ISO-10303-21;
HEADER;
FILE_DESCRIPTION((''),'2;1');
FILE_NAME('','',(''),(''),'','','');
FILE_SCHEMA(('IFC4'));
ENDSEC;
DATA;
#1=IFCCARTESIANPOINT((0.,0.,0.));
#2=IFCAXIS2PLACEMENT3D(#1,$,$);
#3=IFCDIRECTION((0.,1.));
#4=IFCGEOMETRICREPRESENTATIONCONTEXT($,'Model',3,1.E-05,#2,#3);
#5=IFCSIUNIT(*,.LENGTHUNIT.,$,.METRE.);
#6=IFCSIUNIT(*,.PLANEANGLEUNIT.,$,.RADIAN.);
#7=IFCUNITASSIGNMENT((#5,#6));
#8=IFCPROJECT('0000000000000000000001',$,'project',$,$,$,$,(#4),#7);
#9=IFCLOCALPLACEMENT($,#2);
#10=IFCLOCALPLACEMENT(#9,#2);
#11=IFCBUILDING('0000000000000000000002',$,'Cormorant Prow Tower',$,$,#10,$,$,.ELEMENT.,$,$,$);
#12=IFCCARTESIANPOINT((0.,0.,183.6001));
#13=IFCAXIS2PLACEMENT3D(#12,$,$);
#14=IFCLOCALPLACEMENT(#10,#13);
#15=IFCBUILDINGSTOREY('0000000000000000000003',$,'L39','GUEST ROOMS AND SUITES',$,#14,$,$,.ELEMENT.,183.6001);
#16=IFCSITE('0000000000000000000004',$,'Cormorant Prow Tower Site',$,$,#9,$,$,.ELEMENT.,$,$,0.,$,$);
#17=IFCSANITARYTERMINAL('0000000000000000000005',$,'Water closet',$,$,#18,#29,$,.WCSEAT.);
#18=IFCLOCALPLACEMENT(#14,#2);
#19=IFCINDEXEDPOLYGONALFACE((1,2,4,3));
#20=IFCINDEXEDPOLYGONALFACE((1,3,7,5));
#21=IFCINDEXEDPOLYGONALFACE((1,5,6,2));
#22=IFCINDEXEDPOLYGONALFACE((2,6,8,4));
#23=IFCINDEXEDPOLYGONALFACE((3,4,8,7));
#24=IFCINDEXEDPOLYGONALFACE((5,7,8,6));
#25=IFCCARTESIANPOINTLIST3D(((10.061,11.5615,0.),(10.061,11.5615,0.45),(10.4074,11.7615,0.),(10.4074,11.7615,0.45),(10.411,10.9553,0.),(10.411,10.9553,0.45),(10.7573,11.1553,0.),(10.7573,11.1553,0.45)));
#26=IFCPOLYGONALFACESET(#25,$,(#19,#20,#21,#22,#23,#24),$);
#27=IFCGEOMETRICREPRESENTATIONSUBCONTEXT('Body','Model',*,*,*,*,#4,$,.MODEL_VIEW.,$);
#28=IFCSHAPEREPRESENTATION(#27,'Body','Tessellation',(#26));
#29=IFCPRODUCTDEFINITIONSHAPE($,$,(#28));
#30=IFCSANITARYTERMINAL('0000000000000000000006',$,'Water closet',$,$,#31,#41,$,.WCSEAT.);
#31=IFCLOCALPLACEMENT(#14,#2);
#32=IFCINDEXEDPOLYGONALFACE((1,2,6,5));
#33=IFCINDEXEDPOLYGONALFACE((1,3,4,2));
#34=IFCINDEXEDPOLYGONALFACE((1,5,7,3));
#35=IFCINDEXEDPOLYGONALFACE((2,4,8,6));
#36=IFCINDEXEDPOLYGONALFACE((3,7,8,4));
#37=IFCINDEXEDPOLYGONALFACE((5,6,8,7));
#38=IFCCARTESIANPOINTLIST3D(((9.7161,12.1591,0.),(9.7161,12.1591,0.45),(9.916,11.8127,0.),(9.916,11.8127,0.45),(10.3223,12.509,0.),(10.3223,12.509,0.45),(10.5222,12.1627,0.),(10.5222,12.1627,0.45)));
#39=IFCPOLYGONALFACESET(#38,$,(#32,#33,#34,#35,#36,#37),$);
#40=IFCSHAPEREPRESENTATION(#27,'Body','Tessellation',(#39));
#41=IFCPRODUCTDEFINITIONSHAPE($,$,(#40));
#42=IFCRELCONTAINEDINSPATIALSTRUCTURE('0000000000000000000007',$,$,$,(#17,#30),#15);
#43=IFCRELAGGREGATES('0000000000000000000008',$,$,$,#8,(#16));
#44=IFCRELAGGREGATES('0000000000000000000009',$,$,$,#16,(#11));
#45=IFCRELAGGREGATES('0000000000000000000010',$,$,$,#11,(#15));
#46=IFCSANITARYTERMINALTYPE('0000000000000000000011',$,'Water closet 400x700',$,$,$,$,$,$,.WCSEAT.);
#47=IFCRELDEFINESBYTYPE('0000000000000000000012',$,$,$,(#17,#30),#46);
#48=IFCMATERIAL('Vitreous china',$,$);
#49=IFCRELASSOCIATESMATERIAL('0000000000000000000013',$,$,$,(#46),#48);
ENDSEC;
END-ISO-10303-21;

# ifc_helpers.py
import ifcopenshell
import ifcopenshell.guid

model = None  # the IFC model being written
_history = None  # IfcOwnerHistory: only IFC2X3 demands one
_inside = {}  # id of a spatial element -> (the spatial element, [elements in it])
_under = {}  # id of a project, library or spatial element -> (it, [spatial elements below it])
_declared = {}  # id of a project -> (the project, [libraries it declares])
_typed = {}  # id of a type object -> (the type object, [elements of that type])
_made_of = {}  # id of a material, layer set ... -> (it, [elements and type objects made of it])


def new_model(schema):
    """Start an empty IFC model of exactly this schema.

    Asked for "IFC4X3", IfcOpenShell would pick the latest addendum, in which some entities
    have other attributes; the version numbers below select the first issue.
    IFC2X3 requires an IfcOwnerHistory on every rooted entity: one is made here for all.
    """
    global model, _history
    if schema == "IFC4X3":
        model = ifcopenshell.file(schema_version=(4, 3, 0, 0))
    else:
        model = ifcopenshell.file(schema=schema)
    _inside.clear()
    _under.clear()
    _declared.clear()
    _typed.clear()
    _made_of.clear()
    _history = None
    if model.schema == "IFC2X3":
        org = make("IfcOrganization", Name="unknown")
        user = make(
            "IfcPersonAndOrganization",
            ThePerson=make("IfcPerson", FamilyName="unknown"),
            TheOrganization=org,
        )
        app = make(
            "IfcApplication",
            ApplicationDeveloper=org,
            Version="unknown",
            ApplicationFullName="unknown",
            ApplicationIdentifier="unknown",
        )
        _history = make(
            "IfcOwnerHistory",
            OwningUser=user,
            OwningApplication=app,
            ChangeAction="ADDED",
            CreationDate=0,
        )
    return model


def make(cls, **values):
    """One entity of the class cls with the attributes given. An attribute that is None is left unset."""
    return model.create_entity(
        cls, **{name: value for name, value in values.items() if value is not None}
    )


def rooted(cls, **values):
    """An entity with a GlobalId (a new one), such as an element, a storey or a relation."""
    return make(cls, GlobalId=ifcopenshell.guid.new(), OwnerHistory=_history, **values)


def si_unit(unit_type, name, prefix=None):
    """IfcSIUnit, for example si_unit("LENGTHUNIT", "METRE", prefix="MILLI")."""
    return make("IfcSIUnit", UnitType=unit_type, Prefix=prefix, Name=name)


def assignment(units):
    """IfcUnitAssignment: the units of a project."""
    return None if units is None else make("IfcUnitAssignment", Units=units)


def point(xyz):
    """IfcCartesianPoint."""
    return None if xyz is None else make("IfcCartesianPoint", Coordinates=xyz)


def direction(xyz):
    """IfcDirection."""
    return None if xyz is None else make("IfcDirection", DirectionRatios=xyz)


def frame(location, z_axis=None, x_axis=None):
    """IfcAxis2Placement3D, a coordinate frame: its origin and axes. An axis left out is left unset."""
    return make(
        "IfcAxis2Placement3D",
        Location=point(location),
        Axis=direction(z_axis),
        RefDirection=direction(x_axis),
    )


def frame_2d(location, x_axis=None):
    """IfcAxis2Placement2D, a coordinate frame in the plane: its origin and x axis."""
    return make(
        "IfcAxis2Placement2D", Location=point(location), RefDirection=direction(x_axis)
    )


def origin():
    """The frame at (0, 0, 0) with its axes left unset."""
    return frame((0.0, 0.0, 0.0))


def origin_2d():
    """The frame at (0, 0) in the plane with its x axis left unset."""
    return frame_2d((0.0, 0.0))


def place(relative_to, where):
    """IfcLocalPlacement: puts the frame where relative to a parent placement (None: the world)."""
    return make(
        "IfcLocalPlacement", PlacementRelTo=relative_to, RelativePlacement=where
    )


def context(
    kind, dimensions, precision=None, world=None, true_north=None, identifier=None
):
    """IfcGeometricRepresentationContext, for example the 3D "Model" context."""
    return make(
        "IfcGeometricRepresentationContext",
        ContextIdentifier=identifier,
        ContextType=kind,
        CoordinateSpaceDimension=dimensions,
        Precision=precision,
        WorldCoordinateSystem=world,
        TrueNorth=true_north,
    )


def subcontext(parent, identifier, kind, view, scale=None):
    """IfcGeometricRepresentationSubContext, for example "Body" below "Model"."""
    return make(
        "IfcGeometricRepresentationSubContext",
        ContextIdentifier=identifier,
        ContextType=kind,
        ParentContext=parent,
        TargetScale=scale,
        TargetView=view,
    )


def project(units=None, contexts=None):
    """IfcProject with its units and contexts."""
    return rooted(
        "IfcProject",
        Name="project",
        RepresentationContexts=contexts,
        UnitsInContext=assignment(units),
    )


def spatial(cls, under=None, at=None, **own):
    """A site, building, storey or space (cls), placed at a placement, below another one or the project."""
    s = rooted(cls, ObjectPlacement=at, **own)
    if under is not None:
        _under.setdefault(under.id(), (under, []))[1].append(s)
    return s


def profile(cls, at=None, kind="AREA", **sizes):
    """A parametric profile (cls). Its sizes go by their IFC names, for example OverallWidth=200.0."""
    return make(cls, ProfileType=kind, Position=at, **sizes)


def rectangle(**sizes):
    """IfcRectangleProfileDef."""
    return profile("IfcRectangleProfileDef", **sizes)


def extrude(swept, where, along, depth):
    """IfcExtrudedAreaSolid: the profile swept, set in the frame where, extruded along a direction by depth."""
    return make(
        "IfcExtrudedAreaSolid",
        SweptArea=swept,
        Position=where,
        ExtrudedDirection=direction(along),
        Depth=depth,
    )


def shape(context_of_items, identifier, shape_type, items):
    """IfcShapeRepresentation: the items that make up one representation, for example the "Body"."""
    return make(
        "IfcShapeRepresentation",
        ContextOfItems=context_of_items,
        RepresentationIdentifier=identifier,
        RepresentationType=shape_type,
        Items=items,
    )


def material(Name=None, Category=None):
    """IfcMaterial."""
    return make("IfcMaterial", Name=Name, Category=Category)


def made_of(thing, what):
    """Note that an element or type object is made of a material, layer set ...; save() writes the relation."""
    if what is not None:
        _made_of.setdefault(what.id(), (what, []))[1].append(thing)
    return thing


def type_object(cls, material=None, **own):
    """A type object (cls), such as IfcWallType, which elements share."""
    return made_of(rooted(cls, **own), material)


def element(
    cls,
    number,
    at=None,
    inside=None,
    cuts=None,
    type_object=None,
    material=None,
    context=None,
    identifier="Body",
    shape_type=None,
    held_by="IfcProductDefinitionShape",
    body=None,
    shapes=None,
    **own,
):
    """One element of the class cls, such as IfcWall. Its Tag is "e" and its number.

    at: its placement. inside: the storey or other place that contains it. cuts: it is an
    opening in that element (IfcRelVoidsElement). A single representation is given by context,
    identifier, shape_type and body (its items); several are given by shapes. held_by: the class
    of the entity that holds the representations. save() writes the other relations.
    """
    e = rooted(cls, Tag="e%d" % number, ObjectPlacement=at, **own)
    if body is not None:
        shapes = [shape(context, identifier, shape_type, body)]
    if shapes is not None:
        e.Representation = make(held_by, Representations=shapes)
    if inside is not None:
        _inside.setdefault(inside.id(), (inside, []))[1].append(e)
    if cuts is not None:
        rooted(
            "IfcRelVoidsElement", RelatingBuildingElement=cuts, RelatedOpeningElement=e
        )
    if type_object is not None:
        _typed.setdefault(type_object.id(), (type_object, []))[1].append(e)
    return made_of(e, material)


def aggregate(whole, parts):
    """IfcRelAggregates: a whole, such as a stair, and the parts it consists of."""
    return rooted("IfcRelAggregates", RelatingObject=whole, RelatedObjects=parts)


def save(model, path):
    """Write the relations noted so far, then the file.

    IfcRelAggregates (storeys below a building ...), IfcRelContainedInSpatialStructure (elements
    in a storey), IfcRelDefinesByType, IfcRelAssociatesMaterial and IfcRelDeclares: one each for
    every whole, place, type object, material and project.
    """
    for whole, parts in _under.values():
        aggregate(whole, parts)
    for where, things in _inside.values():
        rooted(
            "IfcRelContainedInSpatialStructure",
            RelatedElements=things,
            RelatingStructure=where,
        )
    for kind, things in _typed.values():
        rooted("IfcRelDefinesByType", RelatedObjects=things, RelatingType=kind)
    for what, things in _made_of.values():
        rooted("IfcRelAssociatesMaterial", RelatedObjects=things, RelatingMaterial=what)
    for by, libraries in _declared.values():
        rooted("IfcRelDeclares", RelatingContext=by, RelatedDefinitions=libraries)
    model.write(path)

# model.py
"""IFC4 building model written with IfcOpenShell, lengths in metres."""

from ifc_helpers import new_model, si_unit, direction, frame, origin, origin_2d, place, context, subcontext, project, spatial, rectangle, extrude, material, type_object, element, save


model = new_model("IFC4")

# Units and contexts
model_context = context("Model", 3, precision=1e-05, world=origin(), true_north=direction((0.0, 1.0)))
body_context = subcontext(model_context, "Body", "Model", "MODEL_VIEW")
ifc_project = project(units=[si_unit("LENGTHUNIT", "METRE"), si_unit("PLANEANGLEUNIT", "RADIAN")], contexts=[model_context])

# Site, building, storey
site_placement = place(None, origin())
site = spatial("IfcSite", under=ifc_project, at=site_placement, Name="Cormorant Prow Tower Site", CompositionType="ELEMENT", RefElevation=0.0)
building_placement = place(site_placement, origin())
building = spatial("IfcBuilding", under=site, at=building_placement, Name="Cormorant Prow Tower", CompositionType="ELEMENT")
storey_placement = place(building_placement, frame((0.0, 0.0, 183.6001)))
storey = spatial("IfcBuildingStorey", under=building, at=storey_placement, Name="L39", Description="GUEST ROOMS AND SUITES", CompositionType="ELEMENT", Elevation=183.6001)

# Sanitary terminals
ifc_material_1 = material(Name="Vitreous china")
sanitary_terminal_type_1 = type_object("IfcSanitaryTerminalType", Name="Water closet 400x700", PredefinedType="WCSEAT", material=ifc_material_1)
for number, where, z_axis, x_axis, name in (
    (1, (10.4092, 11.3584, 0.0), (0.0, 0.0, 1.0), (0.866025, 0.5, 0.0), "Water closet"),
    (2, (10.1191, 12.1609, 0.0), (0.0, 0.0, 1.0), (-0.5, 0.866025, 0.0), "Water closet"),
):
    element("IfcSanitaryTerminal", number, at=place(storey_placement, frame(where, z_axis=z_axis, x_axis=x_axis)), inside=storey, type_object=sanitary_terminal_type_1, Name=name, PredefinedType="WCSEAT", context=body_context, shape_type="SweptSolid", body=[
        extrude(rectangle(XDim=0.3999, YDim=0.7, at=origin_2d()), origin(), (0.0, 0.0, 1.0), 0.45),
    ])

save(model, "model.ifc")
